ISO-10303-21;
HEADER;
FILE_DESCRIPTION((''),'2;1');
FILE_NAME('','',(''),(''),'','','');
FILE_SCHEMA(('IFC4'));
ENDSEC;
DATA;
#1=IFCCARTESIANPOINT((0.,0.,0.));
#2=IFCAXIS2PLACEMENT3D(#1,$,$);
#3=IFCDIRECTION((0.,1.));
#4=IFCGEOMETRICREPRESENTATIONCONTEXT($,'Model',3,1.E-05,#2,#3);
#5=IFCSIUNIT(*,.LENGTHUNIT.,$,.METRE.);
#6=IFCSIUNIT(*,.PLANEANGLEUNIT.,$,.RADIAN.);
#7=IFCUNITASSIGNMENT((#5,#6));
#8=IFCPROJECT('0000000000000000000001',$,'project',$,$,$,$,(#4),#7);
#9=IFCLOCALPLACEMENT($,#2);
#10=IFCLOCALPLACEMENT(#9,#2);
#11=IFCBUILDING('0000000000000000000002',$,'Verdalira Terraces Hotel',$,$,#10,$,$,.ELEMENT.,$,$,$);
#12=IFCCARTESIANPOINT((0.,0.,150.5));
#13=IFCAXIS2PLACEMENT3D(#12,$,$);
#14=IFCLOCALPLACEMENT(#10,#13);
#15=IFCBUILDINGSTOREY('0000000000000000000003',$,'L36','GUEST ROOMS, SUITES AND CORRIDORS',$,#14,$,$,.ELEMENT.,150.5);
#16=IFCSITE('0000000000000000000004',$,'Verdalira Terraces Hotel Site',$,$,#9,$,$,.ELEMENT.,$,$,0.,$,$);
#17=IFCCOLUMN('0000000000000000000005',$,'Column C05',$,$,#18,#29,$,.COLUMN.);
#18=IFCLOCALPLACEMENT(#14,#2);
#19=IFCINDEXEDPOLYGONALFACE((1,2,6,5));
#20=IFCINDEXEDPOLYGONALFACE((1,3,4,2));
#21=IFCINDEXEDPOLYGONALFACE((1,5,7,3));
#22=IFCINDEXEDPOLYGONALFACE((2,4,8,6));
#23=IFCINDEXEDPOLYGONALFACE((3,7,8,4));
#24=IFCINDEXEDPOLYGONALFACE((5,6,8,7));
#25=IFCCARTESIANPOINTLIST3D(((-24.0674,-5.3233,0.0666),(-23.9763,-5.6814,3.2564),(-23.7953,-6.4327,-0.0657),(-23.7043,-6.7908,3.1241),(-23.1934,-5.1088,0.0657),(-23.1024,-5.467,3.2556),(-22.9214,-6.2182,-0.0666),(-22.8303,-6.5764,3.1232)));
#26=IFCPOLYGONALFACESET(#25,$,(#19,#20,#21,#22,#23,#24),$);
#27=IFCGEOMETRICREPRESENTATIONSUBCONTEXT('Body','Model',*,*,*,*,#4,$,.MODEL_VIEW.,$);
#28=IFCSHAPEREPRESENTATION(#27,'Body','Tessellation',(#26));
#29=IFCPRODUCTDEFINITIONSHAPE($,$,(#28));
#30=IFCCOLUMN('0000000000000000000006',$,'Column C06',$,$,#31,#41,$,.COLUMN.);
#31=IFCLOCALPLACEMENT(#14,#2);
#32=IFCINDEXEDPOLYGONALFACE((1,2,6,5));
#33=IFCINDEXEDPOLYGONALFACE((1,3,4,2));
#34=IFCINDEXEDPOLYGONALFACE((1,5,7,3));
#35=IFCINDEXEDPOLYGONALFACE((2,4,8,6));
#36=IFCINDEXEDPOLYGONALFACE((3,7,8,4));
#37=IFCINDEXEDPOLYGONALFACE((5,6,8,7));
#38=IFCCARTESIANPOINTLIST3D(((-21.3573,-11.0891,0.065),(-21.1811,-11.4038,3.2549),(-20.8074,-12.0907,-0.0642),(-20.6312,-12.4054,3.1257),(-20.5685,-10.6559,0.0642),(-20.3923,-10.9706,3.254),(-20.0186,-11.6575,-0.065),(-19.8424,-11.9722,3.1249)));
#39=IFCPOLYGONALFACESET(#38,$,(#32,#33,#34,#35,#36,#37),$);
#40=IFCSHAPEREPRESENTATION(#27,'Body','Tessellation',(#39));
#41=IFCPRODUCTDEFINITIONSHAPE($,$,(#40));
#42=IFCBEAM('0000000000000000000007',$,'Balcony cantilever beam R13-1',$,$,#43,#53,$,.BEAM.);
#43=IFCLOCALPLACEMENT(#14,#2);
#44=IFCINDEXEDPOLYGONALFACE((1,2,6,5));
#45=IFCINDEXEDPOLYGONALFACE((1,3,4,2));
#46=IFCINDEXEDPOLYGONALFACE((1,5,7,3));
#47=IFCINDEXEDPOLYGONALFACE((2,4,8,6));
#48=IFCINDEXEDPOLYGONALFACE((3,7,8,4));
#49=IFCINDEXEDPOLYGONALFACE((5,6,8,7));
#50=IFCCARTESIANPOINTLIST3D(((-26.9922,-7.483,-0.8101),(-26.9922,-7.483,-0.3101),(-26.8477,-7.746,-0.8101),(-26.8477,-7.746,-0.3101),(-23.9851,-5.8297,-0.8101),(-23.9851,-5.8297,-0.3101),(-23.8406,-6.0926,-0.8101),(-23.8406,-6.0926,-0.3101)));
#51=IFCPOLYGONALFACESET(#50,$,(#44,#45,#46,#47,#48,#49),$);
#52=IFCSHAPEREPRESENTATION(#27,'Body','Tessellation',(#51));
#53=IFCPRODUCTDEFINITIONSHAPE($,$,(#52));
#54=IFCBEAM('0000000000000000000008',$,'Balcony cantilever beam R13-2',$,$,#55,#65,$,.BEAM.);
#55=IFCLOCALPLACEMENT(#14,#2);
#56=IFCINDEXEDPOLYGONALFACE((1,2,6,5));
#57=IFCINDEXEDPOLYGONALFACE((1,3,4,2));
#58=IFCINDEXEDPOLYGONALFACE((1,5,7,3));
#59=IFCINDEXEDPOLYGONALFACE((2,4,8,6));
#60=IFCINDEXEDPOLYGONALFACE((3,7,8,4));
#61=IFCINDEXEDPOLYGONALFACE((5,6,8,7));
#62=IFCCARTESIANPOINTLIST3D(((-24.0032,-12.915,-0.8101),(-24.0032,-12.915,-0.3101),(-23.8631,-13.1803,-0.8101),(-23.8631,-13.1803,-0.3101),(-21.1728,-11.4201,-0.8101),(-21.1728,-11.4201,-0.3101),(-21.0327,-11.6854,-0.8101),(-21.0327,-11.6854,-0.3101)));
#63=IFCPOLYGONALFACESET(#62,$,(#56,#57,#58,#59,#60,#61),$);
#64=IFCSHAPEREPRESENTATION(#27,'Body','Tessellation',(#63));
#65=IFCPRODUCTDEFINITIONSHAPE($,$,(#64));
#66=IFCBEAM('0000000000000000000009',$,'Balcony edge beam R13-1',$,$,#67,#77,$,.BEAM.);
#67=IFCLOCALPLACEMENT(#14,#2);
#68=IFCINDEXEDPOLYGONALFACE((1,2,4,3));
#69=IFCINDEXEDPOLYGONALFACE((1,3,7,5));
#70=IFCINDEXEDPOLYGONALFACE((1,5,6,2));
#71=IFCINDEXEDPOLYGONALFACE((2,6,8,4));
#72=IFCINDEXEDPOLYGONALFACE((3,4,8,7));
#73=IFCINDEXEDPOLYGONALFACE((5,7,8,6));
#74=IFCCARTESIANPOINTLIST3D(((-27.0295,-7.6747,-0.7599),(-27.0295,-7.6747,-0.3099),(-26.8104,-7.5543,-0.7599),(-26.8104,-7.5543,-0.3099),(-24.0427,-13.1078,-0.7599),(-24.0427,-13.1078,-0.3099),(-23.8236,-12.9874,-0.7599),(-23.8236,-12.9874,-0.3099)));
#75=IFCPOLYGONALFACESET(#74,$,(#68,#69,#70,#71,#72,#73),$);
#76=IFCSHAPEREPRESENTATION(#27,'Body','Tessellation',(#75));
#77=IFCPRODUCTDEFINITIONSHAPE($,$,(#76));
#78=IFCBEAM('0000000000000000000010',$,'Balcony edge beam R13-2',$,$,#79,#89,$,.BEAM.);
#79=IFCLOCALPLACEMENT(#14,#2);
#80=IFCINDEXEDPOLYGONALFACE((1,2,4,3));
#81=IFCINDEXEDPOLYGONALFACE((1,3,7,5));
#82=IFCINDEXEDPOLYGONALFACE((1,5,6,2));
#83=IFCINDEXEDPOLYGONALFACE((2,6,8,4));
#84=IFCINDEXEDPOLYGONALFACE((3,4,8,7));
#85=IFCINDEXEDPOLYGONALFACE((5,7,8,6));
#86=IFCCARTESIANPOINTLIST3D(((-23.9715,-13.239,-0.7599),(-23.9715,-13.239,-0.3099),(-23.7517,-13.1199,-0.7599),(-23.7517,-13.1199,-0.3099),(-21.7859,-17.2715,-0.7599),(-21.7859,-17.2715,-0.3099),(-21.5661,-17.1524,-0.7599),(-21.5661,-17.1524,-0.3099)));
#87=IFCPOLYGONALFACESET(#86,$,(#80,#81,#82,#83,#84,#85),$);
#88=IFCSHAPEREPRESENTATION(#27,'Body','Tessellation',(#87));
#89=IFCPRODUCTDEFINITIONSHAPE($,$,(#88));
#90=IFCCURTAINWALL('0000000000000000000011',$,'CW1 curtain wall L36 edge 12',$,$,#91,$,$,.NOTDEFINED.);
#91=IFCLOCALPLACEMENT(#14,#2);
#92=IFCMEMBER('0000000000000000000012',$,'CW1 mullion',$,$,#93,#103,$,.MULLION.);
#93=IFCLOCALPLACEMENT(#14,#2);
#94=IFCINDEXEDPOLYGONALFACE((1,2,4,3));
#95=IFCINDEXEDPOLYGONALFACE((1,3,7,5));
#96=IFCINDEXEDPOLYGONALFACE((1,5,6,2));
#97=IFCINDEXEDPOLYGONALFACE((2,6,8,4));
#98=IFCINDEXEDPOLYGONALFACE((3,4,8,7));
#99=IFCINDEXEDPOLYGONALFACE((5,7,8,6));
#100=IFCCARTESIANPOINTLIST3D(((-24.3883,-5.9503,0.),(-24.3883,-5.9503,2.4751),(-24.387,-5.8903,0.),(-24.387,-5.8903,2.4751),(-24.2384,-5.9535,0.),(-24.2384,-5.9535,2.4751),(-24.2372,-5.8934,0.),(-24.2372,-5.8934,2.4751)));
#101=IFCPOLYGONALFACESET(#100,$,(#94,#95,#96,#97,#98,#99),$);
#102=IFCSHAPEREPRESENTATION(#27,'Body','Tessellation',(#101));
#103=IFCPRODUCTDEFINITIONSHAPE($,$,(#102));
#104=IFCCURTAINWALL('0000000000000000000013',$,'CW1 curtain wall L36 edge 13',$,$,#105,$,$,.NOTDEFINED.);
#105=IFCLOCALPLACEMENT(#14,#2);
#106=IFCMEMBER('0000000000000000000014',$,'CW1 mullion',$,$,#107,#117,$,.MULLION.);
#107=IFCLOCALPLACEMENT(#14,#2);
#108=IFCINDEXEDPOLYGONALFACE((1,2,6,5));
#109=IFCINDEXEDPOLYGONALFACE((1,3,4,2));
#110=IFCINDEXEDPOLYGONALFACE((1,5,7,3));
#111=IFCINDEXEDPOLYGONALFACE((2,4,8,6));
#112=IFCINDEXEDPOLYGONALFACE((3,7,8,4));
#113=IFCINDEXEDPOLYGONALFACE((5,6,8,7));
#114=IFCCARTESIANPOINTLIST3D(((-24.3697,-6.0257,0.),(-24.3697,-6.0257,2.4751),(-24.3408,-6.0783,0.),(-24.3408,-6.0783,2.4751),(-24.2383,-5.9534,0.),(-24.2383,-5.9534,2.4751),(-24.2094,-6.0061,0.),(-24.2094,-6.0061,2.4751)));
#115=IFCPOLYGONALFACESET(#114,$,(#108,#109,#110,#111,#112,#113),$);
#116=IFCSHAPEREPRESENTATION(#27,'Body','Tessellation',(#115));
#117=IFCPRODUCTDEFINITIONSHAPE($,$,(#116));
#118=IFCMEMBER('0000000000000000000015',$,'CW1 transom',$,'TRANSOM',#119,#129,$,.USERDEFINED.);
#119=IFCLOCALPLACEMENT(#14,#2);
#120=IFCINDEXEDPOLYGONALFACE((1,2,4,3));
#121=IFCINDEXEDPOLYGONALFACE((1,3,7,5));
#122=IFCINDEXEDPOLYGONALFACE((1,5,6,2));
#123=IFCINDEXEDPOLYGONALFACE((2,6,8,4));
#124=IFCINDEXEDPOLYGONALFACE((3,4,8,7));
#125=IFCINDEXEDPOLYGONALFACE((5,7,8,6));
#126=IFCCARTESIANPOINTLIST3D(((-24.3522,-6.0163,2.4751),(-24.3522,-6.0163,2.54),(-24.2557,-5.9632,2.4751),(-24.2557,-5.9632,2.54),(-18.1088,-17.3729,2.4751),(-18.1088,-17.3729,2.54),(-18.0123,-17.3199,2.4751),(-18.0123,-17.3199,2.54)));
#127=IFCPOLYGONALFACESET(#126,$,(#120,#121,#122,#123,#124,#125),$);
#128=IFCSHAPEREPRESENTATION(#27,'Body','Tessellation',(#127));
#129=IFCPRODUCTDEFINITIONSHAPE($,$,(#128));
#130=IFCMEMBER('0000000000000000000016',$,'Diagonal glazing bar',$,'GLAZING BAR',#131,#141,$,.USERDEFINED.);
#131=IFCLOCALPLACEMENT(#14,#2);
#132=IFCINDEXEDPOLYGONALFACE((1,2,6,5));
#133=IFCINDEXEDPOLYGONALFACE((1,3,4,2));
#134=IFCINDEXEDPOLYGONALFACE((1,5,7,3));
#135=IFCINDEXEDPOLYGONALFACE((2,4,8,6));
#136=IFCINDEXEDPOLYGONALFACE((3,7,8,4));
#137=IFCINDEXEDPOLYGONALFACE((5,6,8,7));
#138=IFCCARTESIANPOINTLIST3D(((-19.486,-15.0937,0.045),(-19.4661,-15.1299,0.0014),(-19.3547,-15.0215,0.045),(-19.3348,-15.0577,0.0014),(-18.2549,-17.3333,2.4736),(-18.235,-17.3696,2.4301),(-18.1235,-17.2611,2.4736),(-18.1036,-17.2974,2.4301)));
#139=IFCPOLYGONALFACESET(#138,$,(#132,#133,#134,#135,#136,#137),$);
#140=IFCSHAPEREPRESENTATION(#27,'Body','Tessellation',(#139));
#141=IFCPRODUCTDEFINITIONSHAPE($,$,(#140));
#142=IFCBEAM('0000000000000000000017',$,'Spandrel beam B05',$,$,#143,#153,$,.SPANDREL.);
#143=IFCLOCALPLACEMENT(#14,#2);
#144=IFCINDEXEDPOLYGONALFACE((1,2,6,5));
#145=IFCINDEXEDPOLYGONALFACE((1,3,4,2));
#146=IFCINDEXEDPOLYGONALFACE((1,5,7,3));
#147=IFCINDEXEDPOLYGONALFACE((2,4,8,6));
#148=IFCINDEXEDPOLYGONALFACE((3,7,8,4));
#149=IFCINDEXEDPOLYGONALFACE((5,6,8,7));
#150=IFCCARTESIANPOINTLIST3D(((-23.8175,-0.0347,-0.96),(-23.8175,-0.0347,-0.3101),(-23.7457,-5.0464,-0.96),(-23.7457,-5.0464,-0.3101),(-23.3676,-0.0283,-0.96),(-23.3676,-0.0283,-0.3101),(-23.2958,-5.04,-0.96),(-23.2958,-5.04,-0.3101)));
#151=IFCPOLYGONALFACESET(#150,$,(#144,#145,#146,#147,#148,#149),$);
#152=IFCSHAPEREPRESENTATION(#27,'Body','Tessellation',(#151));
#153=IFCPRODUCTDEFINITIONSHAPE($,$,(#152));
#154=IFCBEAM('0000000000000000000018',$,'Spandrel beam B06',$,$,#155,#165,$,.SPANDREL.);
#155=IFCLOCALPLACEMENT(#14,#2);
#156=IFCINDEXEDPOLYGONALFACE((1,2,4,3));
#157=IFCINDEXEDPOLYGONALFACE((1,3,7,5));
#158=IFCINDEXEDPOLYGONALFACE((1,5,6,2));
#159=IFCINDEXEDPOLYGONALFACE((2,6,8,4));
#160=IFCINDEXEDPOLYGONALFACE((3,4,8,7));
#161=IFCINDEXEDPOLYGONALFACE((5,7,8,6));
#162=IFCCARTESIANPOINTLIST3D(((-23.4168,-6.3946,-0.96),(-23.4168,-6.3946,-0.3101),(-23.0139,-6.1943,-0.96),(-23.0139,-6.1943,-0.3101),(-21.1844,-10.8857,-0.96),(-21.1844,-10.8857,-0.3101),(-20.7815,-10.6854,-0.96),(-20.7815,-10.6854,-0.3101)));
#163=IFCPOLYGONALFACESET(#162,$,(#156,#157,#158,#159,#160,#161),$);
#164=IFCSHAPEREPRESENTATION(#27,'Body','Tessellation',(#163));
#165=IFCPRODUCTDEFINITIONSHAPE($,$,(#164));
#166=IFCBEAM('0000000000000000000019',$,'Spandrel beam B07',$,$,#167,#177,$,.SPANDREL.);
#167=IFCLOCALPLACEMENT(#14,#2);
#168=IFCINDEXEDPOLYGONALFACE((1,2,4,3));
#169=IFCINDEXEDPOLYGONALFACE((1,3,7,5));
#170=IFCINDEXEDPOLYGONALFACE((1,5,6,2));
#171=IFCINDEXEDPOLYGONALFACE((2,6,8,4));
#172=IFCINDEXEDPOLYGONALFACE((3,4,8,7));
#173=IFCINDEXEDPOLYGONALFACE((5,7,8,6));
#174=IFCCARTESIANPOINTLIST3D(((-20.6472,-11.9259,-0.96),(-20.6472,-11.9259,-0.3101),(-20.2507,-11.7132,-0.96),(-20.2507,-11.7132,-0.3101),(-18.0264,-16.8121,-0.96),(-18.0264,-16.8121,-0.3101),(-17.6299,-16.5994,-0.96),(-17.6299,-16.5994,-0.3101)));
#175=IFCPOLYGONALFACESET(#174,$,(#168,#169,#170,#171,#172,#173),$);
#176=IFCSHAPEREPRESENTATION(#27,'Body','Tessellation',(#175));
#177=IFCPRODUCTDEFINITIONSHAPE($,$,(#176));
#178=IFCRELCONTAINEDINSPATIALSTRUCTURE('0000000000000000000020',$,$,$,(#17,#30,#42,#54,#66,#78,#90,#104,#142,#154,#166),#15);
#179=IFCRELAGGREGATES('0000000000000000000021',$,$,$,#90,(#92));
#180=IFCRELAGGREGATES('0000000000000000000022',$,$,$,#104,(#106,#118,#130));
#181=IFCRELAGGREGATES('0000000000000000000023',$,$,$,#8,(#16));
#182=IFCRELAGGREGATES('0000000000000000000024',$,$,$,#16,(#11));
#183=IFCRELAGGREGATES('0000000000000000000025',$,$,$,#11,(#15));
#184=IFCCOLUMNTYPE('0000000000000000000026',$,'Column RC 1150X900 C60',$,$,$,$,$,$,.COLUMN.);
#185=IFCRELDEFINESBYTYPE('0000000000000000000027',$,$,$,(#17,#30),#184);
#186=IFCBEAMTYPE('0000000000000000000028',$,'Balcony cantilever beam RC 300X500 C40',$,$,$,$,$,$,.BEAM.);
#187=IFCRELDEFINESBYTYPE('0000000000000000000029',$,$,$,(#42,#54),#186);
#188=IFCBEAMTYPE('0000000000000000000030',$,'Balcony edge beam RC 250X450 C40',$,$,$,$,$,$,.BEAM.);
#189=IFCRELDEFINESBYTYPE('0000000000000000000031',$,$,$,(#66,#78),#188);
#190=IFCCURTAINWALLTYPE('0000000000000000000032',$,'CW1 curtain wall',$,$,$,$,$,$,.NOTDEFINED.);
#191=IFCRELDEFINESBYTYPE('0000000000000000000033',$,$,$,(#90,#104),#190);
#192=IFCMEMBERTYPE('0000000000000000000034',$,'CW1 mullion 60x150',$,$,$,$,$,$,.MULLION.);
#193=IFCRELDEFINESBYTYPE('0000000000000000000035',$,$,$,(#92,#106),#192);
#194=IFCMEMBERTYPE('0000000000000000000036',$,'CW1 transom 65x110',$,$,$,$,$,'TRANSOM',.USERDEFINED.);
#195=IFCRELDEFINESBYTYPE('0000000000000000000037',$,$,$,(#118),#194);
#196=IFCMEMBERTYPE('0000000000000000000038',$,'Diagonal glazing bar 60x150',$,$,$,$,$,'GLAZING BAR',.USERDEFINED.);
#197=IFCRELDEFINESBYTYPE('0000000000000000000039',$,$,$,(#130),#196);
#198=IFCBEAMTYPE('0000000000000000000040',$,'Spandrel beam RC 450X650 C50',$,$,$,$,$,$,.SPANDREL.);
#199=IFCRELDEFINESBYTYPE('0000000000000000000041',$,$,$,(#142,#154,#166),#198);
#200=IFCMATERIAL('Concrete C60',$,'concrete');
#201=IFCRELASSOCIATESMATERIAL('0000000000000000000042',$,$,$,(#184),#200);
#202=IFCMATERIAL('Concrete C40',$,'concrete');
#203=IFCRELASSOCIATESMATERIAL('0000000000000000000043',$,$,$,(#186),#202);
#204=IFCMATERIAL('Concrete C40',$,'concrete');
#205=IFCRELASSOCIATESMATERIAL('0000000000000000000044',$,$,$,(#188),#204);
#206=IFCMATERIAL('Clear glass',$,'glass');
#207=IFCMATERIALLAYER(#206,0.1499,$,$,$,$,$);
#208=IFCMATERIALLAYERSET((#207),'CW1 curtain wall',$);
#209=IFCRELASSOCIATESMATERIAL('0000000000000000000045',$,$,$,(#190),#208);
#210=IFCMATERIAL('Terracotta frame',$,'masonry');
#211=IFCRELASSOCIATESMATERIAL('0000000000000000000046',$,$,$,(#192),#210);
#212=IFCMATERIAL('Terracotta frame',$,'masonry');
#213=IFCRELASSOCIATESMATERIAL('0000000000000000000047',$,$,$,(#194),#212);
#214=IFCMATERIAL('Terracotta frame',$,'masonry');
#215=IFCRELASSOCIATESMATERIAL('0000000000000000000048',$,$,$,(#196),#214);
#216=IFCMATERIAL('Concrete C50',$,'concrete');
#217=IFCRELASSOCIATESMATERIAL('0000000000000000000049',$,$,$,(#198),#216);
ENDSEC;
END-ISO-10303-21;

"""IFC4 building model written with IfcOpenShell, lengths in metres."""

from ifc_helpers import new_model, si_unit, direction, frame, origin, origin_2d, place, context, subcontext, project, spatial, rectangle, extrude, material, layer, layer_set, material_profile, profile_set, type_object, element, aggregate, save


model = new_model("IFC4")

# Units and contexts
model_context = context("Model", 3, precision=1e-05, world=origin(), true_north=direction((0.0, 1.0)))
body_context = subcontext(model_context, "Body", "Model", "MODEL_VIEW")
ifc_project = project(units=[si_unit("LENGTHUNIT", "METRE"), si_unit("PLANEANGLEUNIT", "RADIAN")], contexts=[model_context])

# Site, building, storey
site_placement = place(None, origin())
site = spatial("IfcSite", under=ifc_project, at=site_placement, Name="Verdalira Terraces Hotel Site", CompositionType="ELEMENT", RefElevation=0.0)
building_placement = place(site_placement, origin())
building = spatial("IfcBuilding", under=site, at=building_placement, Name="Verdalira Terraces Hotel", CompositionType="ELEMENT")
storey_placement = place(building_placement, frame((0.0, 0.0, 150.5)))
storey = spatial("IfcBuildingStorey", under=building, at=storey_placement, Name="L36", Description="GUEST ROOMS, SUITES AND CORRIDORS", CompositionType="ELEMENT", Elevation=150.5)

# Columns
ifc_material_1 = material(Name="Concrete C60", Category="concrete")
ifc_material_profile_1 = material_profile(ifc_material_1, rectangle(XDim=1.1499, YDim=0.8999, at=origin_2d()), Name="RC 1150X900")
ifc_profile_set_1 = profile_set([ifc_material_profile_1], Name="Concrete C60")
column_type = type_object("IfcColumnType", Name="Column RC 1150X900 C60", PredefinedType="COLUMN", material=ifc_profile_set_1)
column_1_placement = place(storey_placement, frame((-23.4944, -5.7708, 0.0), z_axis=(0.028358, -0.11153, 0.993356), x_axis=(-0.236601, 0.964768, 0.115075)))
element("IfcColumn", 1, at=column_1_placement, inside=storey, type_object=column_type, Name="Column C05", PredefinedType="COLUMN", context=body_context, shape_type="SweptSolid", body=[
    extrude(rectangle(XDim=1.1499, YDim=0.8999, at=origin_2d()), origin(), (0.0, 0.0, 1.0), 3.2112),
])
column_2_placement = place(storey_placement, frame((-20.688, -11.3733, 0.0), z_axis=(0.054908, -0.098028, 0.993668), x_axis=(0.478218, -0.871025, -0.112355)))
element("IfcColumn", 2, at=column_2_placement, inside=storey, type_object=column_type, Name="Column C06", PredefinedType="COLUMN", context=body_context, shape_type="SweptSolid", body=[
    extrude(rectangle(XDim=1.1499, YDim=0.8999, at=origin_2d()), origin(), (0.0, 0.0, 1.0), 3.2102),
])

# Beams
ifc_material_2 = material(Name="Concrete C40", Category="concrete")
ifc_material_profile_2 = material_profile(ifc_material_2, rectangle(XDim=0.3, YDim=0.5, at=origin_2d()), Name="RC 300X500")
ifc_profile_set_2 = profile_set([ifc_material_profile_2], Name="Concrete C40")
beam_type_1 = type_object("IfcBeamType", Name="Balcony cantilever beam RC 300X500 C40", PredefinedType="BEAM", material=ifc_profile_set_2)
beam_1_placement = place(storey_placement, frame((-23.9128, -5.9612, -0.5601), z_axis=(-0.876286, -0.48179, 0.0), x_axis=(0.48179, -0.876286, 0.0)))
element("IfcBeam", 3, at=beam_1_placement, inside=storey, type_object=beam_type_1, Name="Balcony cantilever beam R13-1", PredefinedType="BEAM", context=body_context, shape_type="SweptSolid", body=[
    extrude(rectangle(XDim=0.3, YDim=0.5, at=origin_2d()), origin(), (0.0, 0.0, 1.0), 3.4316),
])
beam_2_placement = place(storey_placement, frame((-21.1028, -11.5527, -0.5601), z_axis=(-0.884244, -0.467025, 0.0), x_axis=(0.467025, -0.884244, 0.0)))
element("IfcBeam", 4, at=beam_2_placement, inside=storey, type_object=beam_type_1, Name="Balcony cantilever beam R13-2", PredefinedType="BEAM", context=body_context, shape_type="SweptSolid", body=[
    extrude(rectangle(XDim=0.3, YDim=0.5, at=origin_2d()), origin(), (0.0, 0.0, 1.0), 3.2009),
])
ifc_material_3 = material(Name="Concrete C40", Category="concrete")
ifc_material_profile_3 = material_profile(ifc_material_3, rectangle(XDim=0.25, YDim=0.45, at=origin_2d()), Name="RC 250X450")
ifc_profile_set_3 = profile_set([ifc_material_profile_3], Name="Concrete C40")
beam_type_2 = type_object("IfcBeamType", Name="Balcony edge beam RC 250X450 C40", PredefinedType="BEAM", material=ifc_profile_set_3)
beam_3_placement = place(storey_placement, frame((-26.9199, -7.6145, -0.5349), z_axis=(0.481746, -0.876311, 0.0), x_axis=(0.876311, 0.481746, 0.0)))
element("IfcBeam", 5, at=beam_3_placement, inside=storey, type_object=beam_type_2, Name="Balcony edge beam R13-1", PredefinedType="BEAM", context=body_context, shape_type="SweptSolid", body=[
    extrude(rectangle(XDim=0.25, YDim=0.45, at=origin_2d()), origin(), (0.0, 0.0, 1.0), 6.2),
])
beam_4_placement = place(storey_placement, frame((-23.8616, -13.1794, -0.5349), z_axis=(0.476501, -0.879174, 0.0), x_axis=(0.879174, 0.476501, 0.0)))
element("IfcBeam", 6, at=beam_4_placement, inside=storey, type_object=beam_type_2, Name="Balcony edge beam R13-2", PredefinedType="BEAM", context=body_context, shape_type="SweptSolid", body=[
    extrude(rectangle(XDim=0.25, YDim=0.45, at=origin_2d()), origin(), (0.0, 0.0, 1.0), 4.5867),
])

# Curtain wall, member
ifc_material_4 = material(Name="Clear glass", Category="glass")
ifc_layer_1 = layer(ifc_material_4, 0.1499)
ifc_layer_set_1 = layer_set([ifc_layer_1], Name="CW1 curtain wall")
curtain_wall_type = type_object("IfcCurtainWallType", Name="CW1 curtain wall", PredefinedType="NOTDEFINED", material=ifc_layer_set_1)
curtain_wall_1_placement = place(storey_placement, origin())
curtain_wall_1 = element("IfcCurtainWall", 7, at=curtain_wall_1_placement, inside=storey, type_object=curtain_wall_type, Name="CW1 curtain wall L36 edge 12", PredefinedType="NOTDEFINED")
ifc_material_5 = material(Name="Terracotta frame", Category="masonry")
ifc_material_profile_4 = material_profile(ifc_material_5, rectangle(XDim=0.0601, YDim=0.1499, at=origin_2d()), Name="MU 60x150")
ifc_profile_set_4 = profile_set([ifc_material_profile_4], Name="Terracotta frame")
member_type_1 = type_object("IfcMemberType", Name="CW1 mullion 60x150", PredefinedType="MULLION", material=ifc_profile_set_4)
member_1_placement = place(storey_placement, frame((-24.3127, -5.9219, 0.0), z_axis=(0.0, 0.0, 1.0), x_axis=(-0.020942, -0.999781, 0.0)))
member_1 = element("IfcMember", 8, at=member_1_placement, type_object=member_type_1, Name="CW1 mullion", PredefinedType="MULLION", context=body_context, shape_type="SweptSolid", body=[
    extrude(rectangle(XDim=0.0601, YDim=0.1499, at=origin_2d()), origin(), (0.0, 0.0, 1.0), 2.4751),
])

# Curtain wall, members
curtain_wall_2_placement = place(storey_placement, origin())
curtain_wall_2 = element("IfcCurtainWall", 9, at=curtain_wall_2_placement, inside=storey, type_object=curtain_wall_type, Name="CW1 curtain wall L36 edge 13", PredefinedType="NOTDEFINED")
member_2_placement = place(storey_placement, frame((-24.2896, -6.0159, 0.0), z_axis=(0.0, 0.0, 1.0), x_axis=(0.481754, -0.876307, 0.0)))
member_2 = element("IfcMember", 10, at=member_2_placement, type_object=member_type_1, Name="CW1 mullion", PredefinedType="MULLION", context=body_context, shape_type="SweptSolid", body=[
    extrude(rectangle(XDim=0.0601, YDim=0.1499, at=origin_2d()), origin(), (0.0, 0.0, 1.0), 2.4751),
])
ifc_material_6 = material(Name="Terracotta frame", Category="masonry")
ifc_material_profile_5 = material_profile(ifc_material_6, rectangle(XDim=0.1101, YDim=0.0649, at=origin_2d()), Name="TR 65x110")
ifc_profile_set_5 = profile_set([ifc_material_profile_5], Name="Terracotta frame")
member_type_2 = type_object("IfcMemberType", Name="CW1 transom 65x110", ElementType="TRANSOM", PredefinedType="USERDEFINED", material=ifc_profile_set_5)
member_3_placement = place(storey_placement, frame((-24.304, -5.9897, 2.5076), z_axis=(0.481755, -0.876306, 0.0), x_axis=(0.876306, 0.481755, 0.0)))
member_3 = element("IfcMember", 11, at=member_3_placement, type_object=member_type_2, Name="CW1 transom", ObjectType="TRANSOM", PredefinedType="USERDEFINED", context=body_context, shape_type="SweptSolid", body=[
    extrude(rectangle(XDim=0.1101, YDim=0.0649, at=origin_2d()), origin(), (0.0, 0.0, 1.0), 12.9597),
])
ifc_material_7 = material(Name="Terracotta frame", Category="masonry")
ifc_material_profile_6 = material_profile(ifc_material_7, rectangle(XDim=0.1499, YDim=0.0601, at=origin_2d()), Name="GB 60x150")
ifc_profile_set_6 = profile_set([ifc_material_profile_6], Name="Terracotta frame")
member_type_3 = type_object("IfcMemberType", Name="Diagonal glazing bar 60x150", ElementType="GLAZING BAR", PredefinedType="USERDEFINED", material=ifc_profile_set_6)
member_4_placement = place(storey_placement, frame((-19.4104, -15.0757, 0.0232), z_axis=(0.349202, -0.635253, 0.688848), x_axis=(0.876325, 0.481721, 0.0)))
member_4 = element("IfcMember", 12, at=member_4_placement, type_object=member_type_3, Name="Diagonal glazing bar", ObjectType="GLAZING BAR", PredefinedType="USERDEFINED", context=body_context, shape_type="SweptSolid", body=[
    extrude(rectangle(XDim=0.1499, YDim=0.0601, at=origin_2d()), origin(), (0.0, 0.0, 1.0), 3.5256),
])

# Beams
ifc_material_8 = material(Name="Concrete C50", Category="concrete")
ifc_material_profile_7 = material_profile(ifc_material_8, rectangle(XDim=0.45, YDim=0.6499, at=origin_2d()), Name="RC 450X650")
ifc_profile_set_7 = profile_set([ifc_material_profile_7], Name="Concrete C50")
beam_type_3 = type_object("IfcBeamType", Name="Spandrel beam RC 450X650 C50", PredefinedType="SPANDREL", material=ifc_profile_set_7)
beam_5_placement = place(storey_placement, frame((-23.5925, -0.0315, -0.635), z_axis=(0.01432, -0.999897, 0.0), x_axis=(0.999897, 0.01432, 0.0)))
element("IfcBeam", 13, at=beam_5_placement, inside=storey, type_object=beam_type_3, Name="Spandrel beam B05", PredefinedType="SPANDREL", context=body_context, shape_type="SweptSolid", body=[
    extrude(rectangle(XDim=0.45, YDim=0.6499, at=origin_2d()), origin(), (0.0, 0.0, 1.0), 5.0122),
])
beam_6_placement = place(storey_placement, frame((-23.2153, -6.2944, -0.635), z_axis=(0.445109, -0.895476, 0.0), x_axis=(0.895476, 0.445109, 0.0)))
element("IfcBeam", 14, at=beam_6_placement, inside=storey, type_object=beam_type_3, Name="Spandrel beam B06", PredefinedType="SPANDREL", context=body_context, shape_type="SweptSolid", body=[
    extrude(rectangle(XDim=0.45, YDim=0.6499, at=origin_2d()), origin(), (0.0, 0.0, 1.0), 5.0154),
])
beam_7_placement = place(storey_placement, frame((-20.449, -11.8196, -0.635), z_axis=(0.472673, -0.881238, 0.0), x_axis=(0.881238, 0.472673, 0.0)))
element("IfcBeam", 15, at=beam_7_placement, inside=storey, type_object=beam_type_3, Name="Spandrel beam B07", PredefinedType="SPANDREL", context=body_context, shape_type="SweptSolid", body=[
    extrude(rectangle(XDim=0.45, YDim=0.6499, at=origin_2d()), origin(), (0.0, 0.0, 1.0), 5.5447),
])

aggregate(curtain_wall_1, [member_1])
aggregate(curtain_wall_2, [member_2, member_3, member_4])

save(model, "model.ifc")
